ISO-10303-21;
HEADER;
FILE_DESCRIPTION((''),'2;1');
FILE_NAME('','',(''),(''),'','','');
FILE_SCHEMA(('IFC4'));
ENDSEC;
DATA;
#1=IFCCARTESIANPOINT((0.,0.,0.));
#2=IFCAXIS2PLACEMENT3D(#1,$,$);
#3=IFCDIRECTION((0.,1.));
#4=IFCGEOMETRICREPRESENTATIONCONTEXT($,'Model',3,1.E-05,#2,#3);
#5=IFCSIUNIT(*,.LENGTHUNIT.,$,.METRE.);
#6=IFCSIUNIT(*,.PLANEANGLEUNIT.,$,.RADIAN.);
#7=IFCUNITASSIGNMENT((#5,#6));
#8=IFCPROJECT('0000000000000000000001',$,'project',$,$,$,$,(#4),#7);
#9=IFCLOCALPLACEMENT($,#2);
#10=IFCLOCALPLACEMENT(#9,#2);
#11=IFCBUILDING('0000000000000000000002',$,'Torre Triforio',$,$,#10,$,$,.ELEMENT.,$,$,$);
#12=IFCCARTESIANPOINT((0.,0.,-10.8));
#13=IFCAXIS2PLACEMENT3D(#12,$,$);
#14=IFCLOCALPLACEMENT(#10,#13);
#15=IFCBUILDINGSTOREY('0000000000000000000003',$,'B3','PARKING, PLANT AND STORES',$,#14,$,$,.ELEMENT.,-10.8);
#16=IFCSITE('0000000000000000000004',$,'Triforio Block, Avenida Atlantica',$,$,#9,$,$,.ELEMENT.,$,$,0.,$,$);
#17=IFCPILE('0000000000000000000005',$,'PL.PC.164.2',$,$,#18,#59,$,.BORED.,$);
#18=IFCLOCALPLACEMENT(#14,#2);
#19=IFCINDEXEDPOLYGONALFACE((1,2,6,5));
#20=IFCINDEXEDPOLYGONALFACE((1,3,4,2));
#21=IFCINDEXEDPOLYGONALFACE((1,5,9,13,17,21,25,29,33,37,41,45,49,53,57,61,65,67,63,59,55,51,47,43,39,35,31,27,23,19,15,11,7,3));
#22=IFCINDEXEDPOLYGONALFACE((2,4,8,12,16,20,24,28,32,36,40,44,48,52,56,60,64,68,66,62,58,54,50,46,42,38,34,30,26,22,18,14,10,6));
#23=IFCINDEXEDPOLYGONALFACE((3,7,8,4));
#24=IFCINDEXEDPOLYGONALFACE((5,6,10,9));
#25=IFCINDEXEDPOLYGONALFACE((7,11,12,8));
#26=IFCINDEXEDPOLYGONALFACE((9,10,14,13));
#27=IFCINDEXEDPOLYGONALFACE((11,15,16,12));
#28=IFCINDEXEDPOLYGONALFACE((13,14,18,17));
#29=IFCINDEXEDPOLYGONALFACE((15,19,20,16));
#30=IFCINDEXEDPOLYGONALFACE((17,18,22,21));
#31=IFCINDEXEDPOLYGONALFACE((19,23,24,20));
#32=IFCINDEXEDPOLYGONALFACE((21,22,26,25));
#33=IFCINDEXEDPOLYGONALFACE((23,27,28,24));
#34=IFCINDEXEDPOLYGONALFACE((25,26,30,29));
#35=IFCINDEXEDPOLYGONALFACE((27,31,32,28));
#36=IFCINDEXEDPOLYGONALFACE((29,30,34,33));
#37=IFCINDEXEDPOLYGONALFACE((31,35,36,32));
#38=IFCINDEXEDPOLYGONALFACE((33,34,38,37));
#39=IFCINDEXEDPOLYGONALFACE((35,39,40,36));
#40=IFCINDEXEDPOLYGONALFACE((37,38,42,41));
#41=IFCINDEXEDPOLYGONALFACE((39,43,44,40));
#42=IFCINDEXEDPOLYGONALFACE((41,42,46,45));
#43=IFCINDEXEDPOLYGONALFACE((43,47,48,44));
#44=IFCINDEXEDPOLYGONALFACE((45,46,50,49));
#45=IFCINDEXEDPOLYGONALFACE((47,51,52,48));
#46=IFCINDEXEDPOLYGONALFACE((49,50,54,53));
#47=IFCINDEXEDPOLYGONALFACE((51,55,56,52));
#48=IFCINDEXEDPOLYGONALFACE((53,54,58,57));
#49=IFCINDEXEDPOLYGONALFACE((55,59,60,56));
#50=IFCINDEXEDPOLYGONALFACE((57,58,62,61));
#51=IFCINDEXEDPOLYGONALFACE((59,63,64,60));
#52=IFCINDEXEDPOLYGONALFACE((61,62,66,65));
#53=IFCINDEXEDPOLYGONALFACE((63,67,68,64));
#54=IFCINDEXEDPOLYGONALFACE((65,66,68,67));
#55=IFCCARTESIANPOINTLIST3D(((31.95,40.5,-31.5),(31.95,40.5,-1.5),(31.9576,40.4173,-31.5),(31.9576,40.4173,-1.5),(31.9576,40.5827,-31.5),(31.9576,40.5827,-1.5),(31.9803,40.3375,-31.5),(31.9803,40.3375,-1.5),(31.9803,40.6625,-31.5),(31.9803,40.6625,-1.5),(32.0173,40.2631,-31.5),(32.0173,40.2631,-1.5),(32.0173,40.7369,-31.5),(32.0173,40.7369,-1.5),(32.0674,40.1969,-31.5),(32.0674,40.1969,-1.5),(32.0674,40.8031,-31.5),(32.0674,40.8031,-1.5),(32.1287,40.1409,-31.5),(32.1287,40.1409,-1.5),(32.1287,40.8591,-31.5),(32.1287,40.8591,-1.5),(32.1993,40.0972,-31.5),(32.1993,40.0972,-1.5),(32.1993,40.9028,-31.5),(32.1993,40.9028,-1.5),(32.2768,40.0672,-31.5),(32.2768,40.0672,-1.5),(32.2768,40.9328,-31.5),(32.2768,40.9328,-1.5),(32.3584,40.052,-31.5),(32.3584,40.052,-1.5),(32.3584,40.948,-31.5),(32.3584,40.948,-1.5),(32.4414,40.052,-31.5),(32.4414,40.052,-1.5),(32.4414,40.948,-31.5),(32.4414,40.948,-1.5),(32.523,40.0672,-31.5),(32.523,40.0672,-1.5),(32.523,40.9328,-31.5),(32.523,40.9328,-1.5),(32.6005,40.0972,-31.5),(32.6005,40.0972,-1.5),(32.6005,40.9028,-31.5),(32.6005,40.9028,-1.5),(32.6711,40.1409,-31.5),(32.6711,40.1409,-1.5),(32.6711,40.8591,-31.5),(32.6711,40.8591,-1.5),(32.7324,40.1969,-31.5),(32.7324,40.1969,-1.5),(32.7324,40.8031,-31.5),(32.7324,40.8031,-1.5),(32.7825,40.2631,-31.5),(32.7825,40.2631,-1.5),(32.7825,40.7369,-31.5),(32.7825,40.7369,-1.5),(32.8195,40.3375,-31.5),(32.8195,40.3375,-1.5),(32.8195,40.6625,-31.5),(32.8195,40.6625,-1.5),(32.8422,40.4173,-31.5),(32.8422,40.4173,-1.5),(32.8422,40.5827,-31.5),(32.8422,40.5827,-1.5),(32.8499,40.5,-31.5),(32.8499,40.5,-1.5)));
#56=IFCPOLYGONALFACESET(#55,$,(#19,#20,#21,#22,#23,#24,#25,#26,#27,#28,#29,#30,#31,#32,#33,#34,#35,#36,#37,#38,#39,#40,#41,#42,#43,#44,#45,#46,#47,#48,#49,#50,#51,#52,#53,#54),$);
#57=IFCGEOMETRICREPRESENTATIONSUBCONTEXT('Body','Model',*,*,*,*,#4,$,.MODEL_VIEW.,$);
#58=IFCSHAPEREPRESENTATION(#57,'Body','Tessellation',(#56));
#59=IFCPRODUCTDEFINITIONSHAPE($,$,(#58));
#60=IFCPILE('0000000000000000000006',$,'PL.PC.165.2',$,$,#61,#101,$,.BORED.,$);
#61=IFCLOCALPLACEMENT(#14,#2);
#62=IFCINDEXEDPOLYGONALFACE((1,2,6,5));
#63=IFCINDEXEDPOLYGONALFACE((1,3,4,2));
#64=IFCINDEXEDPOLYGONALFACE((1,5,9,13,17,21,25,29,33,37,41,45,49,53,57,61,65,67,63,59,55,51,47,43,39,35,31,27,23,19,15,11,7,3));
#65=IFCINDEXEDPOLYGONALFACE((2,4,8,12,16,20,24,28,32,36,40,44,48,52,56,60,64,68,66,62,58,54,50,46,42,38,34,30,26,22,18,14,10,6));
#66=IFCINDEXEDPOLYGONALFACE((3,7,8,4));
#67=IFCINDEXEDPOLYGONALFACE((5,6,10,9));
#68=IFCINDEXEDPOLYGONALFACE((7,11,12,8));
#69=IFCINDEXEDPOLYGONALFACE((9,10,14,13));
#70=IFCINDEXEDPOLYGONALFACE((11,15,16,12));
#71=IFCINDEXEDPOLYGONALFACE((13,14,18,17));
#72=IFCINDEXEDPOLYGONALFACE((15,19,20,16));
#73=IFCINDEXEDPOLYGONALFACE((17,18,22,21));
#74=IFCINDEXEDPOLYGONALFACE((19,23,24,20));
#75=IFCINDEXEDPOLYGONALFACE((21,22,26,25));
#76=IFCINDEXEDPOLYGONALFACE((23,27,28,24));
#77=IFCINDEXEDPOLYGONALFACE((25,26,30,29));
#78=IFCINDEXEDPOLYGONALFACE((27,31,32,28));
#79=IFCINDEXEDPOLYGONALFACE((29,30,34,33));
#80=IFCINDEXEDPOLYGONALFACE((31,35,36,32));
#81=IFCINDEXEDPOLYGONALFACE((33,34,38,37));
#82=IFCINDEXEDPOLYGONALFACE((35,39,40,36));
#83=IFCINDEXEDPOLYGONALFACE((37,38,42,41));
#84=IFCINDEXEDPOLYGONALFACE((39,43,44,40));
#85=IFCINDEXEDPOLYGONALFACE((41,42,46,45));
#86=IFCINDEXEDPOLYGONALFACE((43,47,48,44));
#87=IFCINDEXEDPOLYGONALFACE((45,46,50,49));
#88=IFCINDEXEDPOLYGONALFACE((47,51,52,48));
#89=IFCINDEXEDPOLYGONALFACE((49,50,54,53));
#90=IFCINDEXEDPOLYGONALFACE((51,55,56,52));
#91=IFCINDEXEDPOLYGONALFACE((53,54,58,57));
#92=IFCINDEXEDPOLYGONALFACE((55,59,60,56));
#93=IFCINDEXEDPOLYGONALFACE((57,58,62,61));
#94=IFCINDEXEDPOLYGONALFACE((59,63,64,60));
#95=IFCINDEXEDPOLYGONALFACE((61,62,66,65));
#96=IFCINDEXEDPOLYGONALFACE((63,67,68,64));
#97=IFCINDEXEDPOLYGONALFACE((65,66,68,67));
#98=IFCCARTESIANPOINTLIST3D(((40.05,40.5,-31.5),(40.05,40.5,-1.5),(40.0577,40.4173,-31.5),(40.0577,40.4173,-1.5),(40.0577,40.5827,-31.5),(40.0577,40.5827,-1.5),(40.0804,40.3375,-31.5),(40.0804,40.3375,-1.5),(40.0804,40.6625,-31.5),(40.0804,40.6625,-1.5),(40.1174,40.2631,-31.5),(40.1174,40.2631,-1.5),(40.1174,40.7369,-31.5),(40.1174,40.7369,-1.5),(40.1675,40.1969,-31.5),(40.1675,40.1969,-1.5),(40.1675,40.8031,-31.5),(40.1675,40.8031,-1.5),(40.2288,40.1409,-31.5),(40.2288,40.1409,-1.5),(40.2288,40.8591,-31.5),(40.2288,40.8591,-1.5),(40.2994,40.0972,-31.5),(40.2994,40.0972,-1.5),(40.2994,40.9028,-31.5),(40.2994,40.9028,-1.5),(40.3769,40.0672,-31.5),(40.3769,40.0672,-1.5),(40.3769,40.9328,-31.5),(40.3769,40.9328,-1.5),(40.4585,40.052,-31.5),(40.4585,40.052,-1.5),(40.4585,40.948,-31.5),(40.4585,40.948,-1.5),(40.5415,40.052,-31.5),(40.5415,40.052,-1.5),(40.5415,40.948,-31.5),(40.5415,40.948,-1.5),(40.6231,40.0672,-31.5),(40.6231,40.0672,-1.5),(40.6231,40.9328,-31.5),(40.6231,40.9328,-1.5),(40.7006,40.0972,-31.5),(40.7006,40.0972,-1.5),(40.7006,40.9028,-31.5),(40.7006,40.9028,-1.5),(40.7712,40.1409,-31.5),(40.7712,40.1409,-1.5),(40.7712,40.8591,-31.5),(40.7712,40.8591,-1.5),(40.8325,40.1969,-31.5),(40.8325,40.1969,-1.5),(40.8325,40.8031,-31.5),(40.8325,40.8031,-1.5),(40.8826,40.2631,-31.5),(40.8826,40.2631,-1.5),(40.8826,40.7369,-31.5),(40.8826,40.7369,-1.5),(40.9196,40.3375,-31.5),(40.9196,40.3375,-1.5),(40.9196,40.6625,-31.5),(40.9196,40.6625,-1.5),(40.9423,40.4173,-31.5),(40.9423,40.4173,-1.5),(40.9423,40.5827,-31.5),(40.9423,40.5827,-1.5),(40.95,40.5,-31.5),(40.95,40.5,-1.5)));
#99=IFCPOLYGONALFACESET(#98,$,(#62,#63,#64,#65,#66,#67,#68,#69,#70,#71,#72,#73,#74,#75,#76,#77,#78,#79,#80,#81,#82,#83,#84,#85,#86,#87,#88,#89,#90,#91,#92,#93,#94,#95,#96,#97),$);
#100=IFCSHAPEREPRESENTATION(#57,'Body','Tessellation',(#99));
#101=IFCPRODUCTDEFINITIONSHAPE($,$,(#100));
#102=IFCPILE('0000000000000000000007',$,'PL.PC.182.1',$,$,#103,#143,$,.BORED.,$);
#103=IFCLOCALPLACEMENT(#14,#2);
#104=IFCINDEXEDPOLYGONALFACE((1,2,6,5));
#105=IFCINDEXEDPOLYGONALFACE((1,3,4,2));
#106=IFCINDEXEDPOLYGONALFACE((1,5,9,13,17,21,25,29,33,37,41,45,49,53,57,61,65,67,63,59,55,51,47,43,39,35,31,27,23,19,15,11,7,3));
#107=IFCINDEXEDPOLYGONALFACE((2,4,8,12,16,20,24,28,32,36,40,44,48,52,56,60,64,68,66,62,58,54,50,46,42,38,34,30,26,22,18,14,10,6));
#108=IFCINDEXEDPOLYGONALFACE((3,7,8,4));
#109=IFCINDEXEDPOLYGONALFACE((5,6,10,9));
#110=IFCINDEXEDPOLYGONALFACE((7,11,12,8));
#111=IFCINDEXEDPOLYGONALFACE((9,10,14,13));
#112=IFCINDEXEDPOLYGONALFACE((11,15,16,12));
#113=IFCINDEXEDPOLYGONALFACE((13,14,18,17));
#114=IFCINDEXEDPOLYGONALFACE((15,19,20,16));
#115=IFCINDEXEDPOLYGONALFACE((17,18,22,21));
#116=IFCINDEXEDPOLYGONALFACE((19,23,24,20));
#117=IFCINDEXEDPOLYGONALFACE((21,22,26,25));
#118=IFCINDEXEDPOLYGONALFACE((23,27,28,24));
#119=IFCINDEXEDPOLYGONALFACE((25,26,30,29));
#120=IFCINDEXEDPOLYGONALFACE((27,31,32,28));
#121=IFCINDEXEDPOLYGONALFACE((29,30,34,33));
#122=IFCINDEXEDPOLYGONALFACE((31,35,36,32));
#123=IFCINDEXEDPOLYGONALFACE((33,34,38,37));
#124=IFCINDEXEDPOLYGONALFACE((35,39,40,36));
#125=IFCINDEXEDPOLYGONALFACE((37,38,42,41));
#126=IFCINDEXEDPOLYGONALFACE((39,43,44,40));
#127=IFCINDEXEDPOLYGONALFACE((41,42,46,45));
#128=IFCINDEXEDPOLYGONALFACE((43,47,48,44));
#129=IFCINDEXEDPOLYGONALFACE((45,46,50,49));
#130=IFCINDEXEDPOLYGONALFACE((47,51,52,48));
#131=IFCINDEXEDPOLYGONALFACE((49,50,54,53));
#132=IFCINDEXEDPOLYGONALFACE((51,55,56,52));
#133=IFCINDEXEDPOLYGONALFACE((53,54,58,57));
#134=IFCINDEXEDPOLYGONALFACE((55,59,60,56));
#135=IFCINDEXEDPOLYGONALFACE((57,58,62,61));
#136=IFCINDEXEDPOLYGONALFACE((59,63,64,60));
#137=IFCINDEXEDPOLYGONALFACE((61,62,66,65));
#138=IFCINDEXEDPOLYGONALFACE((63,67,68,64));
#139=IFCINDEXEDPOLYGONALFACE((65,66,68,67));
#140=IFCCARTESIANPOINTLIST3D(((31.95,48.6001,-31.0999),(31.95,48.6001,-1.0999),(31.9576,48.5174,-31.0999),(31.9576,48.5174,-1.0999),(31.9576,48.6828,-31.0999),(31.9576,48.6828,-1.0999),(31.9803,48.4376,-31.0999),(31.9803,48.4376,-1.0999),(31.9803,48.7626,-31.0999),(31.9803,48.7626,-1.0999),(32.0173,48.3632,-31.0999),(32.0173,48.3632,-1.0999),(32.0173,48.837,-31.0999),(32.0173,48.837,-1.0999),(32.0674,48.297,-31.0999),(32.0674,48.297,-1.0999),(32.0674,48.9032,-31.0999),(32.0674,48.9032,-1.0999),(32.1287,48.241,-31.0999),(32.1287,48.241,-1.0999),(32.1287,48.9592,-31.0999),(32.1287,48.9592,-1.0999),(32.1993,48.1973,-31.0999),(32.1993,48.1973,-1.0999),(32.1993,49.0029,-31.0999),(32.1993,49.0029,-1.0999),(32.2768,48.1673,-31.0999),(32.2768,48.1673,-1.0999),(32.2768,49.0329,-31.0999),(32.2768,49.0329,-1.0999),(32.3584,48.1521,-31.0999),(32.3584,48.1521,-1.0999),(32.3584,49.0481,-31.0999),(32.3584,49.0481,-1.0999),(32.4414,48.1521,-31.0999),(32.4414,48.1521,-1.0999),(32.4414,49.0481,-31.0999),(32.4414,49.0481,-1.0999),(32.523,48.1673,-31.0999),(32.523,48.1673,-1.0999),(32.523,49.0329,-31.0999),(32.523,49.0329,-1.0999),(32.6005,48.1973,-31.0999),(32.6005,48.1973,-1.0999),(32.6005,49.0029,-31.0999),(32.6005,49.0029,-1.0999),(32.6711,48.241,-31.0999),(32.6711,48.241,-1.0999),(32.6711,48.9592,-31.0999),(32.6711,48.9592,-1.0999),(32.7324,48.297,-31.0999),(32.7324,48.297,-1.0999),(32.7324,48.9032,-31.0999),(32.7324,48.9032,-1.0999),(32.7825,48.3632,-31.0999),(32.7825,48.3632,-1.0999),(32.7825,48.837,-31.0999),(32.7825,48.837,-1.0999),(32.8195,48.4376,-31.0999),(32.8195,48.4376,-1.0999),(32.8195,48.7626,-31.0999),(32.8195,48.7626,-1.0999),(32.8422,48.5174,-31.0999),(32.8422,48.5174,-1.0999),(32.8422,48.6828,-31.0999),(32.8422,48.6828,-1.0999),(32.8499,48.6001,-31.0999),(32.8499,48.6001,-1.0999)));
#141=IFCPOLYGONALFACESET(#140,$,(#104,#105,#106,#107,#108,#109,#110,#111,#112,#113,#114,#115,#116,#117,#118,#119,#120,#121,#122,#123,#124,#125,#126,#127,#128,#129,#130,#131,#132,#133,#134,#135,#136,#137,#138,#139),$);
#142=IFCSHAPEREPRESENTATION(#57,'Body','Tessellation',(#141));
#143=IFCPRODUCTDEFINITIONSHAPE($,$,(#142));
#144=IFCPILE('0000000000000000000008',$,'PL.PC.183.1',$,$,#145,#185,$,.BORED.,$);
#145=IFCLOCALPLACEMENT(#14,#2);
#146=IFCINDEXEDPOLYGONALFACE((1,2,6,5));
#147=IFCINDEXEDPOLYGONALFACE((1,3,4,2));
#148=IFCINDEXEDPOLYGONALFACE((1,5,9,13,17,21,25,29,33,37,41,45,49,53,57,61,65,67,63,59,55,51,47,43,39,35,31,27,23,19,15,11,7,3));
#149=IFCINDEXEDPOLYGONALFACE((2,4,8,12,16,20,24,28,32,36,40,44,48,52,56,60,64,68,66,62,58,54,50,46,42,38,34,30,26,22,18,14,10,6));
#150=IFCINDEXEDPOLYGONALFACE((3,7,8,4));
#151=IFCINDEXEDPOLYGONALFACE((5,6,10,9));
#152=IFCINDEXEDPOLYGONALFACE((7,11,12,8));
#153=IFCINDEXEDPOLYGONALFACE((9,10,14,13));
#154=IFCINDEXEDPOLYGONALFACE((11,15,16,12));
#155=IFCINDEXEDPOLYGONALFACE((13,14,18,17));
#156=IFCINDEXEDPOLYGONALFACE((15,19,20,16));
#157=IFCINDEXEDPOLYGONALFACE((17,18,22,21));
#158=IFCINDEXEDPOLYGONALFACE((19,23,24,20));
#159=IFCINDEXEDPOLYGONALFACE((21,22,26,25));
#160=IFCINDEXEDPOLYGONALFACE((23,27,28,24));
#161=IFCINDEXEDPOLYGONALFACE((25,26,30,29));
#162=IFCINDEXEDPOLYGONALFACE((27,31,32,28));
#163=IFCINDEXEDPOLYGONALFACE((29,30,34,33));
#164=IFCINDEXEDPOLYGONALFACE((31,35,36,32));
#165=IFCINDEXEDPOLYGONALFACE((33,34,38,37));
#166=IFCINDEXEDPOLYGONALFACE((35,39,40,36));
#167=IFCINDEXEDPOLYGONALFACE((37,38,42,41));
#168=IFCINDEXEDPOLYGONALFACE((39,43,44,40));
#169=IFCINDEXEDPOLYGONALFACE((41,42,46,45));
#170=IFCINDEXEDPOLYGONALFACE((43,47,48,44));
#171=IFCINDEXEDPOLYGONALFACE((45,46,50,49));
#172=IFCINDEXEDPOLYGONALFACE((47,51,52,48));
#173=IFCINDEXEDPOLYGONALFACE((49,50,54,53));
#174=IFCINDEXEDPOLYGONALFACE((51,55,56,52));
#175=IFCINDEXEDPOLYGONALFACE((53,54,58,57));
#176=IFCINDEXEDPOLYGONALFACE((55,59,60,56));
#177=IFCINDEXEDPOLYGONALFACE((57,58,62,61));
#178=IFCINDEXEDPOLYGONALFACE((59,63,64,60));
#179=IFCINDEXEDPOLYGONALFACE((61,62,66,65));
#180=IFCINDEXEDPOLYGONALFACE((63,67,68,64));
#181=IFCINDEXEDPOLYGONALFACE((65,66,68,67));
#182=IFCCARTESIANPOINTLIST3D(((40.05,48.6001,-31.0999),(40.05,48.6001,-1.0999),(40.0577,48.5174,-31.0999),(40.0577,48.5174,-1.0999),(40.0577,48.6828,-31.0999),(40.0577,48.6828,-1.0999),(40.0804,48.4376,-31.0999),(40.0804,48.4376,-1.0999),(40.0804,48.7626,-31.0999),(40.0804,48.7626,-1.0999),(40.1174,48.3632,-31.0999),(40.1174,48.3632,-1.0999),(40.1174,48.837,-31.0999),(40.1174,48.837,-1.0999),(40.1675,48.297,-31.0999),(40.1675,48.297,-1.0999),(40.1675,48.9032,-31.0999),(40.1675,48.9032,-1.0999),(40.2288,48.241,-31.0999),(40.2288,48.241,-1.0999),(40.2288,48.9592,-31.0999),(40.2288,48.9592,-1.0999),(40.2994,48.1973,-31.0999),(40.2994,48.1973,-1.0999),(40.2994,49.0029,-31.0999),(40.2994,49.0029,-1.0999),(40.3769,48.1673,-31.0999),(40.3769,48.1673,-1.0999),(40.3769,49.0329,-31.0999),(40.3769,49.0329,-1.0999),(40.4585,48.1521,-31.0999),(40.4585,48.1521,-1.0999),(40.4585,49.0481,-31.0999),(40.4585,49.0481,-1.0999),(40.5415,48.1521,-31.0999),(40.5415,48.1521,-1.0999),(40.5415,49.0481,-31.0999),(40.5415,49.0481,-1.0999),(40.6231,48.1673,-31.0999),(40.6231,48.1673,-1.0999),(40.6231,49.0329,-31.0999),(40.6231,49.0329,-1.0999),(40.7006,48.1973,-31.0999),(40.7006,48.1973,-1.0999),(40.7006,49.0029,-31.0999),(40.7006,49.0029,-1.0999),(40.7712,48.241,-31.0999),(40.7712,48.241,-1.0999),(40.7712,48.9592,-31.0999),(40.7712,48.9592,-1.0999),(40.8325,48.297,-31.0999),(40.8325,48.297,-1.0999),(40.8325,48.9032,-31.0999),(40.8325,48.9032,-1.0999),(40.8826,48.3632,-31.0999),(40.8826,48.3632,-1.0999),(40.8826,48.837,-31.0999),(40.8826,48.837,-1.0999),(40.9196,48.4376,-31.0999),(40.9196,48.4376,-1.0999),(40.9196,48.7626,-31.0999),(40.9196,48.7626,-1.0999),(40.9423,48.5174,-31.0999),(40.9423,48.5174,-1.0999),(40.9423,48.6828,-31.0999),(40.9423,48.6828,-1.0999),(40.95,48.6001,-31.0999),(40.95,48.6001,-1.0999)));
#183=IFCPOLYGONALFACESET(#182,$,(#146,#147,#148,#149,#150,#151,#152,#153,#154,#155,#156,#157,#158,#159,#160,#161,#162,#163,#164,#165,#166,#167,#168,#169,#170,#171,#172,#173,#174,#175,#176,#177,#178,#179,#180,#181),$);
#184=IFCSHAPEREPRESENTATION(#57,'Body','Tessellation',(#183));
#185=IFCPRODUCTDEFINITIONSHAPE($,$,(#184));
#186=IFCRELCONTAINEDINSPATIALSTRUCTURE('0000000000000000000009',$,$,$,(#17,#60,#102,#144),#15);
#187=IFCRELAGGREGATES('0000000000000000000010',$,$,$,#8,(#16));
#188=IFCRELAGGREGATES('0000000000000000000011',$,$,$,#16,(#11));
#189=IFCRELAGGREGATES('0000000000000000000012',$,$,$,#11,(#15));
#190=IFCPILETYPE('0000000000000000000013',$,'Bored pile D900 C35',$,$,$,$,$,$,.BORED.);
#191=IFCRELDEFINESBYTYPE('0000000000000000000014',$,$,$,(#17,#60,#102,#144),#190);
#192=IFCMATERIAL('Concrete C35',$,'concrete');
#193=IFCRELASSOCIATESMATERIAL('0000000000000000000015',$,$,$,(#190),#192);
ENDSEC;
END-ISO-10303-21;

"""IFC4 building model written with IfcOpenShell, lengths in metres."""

from ifc_helpers import new_model, si_unit, direction, frame, origin, origin_2d, place, context, subcontext, project, spatial, circle, extrude, material, material_profile, profile_set, type_object, element, save


model = new_model("IFC4")

# Units and contexts
model_context = context("Model", 3, precision=1e-05, world=origin(), true_north=direction((0.0, 1.0)))
body_context = subcontext(model_context, "Body", "Model", "MODEL_VIEW")
ifc_project = project(units=[si_unit("LENGTHUNIT", "METRE"), si_unit("PLANEANGLEUNIT", "RADIAN")], contexts=[model_context])

# Site, building, storey
site_placement = place(None, origin())
site = spatial("IfcSite", under=ifc_project, at=site_placement, Name="Triforio Block, Avenida Atlantica", CompositionType="ELEMENT", RefElevation=0.0)
building_placement = place(site_placement, origin())
building = spatial("IfcBuilding", under=site, at=building_placement, Name="Torre Triforio", CompositionType="ELEMENT")
storey_placement = place(building_placement, frame((0.0, 0.0, -10.8)))
storey = spatial("IfcBuildingStorey", under=building, at=storey_placement, Name="B3", Description="PARKING, PLANT AND STORES", CompositionType="ELEMENT", Elevation=-10.8)

# Piles
ifc_material_1 = material(Name="Concrete C35", Category="concrete")
ifc_material_profile_1 = material_profile(ifc_material_1, circle(Radius=0.45, at=origin_2d()), Name="RC D900")
ifc_profile_set_1 = profile_set([ifc_material_profile_1], Name="Concrete C35")
pile_type = type_object("IfcPileType", Name="Bored pile D900 C35", PredefinedType="BORED", material=ifc_profile_set_1)
for number, where, z_axis, x_axis, name in (
    (1, (32.3999, 40.5, -1.5), (0.0, 0.0, -1.0), (1.0, 0.0, 0.0), "PL.PC.164.2"),
    (2, (40.5, 40.5, -1.5), (0.0, 0.0, -1.0), (1.0, 0.0, 0.0), "PL.PC.165.2"),
    (3, (32.3999, 48.6001, -1.0999), (0.0, 0.0, -1.0), (1.0, 0.0, 0.0), "PL.PC.182.1"),
    (4, (40.5, 48.6001, -1.0999), (0.0, 0.0, -1.0), (1.0, 0.0, 0.0), "PL.PC.183.1"),
):
    element("IfcPile", number, at=place(storey_placement, frame(where, z_axis=z_axis, x_axis=x_axis)), inside=storey, type_object=pile_type, Name=name, PredefinedType="BORED", context=body_context, shape_type="SweptSolid", body=[
        extrude(circle(Radius=0.45, at=origin_2d()), origin(), (0.0, 0.0, 1.0), 30.0),
    ])

save(model, "model.ifc")
